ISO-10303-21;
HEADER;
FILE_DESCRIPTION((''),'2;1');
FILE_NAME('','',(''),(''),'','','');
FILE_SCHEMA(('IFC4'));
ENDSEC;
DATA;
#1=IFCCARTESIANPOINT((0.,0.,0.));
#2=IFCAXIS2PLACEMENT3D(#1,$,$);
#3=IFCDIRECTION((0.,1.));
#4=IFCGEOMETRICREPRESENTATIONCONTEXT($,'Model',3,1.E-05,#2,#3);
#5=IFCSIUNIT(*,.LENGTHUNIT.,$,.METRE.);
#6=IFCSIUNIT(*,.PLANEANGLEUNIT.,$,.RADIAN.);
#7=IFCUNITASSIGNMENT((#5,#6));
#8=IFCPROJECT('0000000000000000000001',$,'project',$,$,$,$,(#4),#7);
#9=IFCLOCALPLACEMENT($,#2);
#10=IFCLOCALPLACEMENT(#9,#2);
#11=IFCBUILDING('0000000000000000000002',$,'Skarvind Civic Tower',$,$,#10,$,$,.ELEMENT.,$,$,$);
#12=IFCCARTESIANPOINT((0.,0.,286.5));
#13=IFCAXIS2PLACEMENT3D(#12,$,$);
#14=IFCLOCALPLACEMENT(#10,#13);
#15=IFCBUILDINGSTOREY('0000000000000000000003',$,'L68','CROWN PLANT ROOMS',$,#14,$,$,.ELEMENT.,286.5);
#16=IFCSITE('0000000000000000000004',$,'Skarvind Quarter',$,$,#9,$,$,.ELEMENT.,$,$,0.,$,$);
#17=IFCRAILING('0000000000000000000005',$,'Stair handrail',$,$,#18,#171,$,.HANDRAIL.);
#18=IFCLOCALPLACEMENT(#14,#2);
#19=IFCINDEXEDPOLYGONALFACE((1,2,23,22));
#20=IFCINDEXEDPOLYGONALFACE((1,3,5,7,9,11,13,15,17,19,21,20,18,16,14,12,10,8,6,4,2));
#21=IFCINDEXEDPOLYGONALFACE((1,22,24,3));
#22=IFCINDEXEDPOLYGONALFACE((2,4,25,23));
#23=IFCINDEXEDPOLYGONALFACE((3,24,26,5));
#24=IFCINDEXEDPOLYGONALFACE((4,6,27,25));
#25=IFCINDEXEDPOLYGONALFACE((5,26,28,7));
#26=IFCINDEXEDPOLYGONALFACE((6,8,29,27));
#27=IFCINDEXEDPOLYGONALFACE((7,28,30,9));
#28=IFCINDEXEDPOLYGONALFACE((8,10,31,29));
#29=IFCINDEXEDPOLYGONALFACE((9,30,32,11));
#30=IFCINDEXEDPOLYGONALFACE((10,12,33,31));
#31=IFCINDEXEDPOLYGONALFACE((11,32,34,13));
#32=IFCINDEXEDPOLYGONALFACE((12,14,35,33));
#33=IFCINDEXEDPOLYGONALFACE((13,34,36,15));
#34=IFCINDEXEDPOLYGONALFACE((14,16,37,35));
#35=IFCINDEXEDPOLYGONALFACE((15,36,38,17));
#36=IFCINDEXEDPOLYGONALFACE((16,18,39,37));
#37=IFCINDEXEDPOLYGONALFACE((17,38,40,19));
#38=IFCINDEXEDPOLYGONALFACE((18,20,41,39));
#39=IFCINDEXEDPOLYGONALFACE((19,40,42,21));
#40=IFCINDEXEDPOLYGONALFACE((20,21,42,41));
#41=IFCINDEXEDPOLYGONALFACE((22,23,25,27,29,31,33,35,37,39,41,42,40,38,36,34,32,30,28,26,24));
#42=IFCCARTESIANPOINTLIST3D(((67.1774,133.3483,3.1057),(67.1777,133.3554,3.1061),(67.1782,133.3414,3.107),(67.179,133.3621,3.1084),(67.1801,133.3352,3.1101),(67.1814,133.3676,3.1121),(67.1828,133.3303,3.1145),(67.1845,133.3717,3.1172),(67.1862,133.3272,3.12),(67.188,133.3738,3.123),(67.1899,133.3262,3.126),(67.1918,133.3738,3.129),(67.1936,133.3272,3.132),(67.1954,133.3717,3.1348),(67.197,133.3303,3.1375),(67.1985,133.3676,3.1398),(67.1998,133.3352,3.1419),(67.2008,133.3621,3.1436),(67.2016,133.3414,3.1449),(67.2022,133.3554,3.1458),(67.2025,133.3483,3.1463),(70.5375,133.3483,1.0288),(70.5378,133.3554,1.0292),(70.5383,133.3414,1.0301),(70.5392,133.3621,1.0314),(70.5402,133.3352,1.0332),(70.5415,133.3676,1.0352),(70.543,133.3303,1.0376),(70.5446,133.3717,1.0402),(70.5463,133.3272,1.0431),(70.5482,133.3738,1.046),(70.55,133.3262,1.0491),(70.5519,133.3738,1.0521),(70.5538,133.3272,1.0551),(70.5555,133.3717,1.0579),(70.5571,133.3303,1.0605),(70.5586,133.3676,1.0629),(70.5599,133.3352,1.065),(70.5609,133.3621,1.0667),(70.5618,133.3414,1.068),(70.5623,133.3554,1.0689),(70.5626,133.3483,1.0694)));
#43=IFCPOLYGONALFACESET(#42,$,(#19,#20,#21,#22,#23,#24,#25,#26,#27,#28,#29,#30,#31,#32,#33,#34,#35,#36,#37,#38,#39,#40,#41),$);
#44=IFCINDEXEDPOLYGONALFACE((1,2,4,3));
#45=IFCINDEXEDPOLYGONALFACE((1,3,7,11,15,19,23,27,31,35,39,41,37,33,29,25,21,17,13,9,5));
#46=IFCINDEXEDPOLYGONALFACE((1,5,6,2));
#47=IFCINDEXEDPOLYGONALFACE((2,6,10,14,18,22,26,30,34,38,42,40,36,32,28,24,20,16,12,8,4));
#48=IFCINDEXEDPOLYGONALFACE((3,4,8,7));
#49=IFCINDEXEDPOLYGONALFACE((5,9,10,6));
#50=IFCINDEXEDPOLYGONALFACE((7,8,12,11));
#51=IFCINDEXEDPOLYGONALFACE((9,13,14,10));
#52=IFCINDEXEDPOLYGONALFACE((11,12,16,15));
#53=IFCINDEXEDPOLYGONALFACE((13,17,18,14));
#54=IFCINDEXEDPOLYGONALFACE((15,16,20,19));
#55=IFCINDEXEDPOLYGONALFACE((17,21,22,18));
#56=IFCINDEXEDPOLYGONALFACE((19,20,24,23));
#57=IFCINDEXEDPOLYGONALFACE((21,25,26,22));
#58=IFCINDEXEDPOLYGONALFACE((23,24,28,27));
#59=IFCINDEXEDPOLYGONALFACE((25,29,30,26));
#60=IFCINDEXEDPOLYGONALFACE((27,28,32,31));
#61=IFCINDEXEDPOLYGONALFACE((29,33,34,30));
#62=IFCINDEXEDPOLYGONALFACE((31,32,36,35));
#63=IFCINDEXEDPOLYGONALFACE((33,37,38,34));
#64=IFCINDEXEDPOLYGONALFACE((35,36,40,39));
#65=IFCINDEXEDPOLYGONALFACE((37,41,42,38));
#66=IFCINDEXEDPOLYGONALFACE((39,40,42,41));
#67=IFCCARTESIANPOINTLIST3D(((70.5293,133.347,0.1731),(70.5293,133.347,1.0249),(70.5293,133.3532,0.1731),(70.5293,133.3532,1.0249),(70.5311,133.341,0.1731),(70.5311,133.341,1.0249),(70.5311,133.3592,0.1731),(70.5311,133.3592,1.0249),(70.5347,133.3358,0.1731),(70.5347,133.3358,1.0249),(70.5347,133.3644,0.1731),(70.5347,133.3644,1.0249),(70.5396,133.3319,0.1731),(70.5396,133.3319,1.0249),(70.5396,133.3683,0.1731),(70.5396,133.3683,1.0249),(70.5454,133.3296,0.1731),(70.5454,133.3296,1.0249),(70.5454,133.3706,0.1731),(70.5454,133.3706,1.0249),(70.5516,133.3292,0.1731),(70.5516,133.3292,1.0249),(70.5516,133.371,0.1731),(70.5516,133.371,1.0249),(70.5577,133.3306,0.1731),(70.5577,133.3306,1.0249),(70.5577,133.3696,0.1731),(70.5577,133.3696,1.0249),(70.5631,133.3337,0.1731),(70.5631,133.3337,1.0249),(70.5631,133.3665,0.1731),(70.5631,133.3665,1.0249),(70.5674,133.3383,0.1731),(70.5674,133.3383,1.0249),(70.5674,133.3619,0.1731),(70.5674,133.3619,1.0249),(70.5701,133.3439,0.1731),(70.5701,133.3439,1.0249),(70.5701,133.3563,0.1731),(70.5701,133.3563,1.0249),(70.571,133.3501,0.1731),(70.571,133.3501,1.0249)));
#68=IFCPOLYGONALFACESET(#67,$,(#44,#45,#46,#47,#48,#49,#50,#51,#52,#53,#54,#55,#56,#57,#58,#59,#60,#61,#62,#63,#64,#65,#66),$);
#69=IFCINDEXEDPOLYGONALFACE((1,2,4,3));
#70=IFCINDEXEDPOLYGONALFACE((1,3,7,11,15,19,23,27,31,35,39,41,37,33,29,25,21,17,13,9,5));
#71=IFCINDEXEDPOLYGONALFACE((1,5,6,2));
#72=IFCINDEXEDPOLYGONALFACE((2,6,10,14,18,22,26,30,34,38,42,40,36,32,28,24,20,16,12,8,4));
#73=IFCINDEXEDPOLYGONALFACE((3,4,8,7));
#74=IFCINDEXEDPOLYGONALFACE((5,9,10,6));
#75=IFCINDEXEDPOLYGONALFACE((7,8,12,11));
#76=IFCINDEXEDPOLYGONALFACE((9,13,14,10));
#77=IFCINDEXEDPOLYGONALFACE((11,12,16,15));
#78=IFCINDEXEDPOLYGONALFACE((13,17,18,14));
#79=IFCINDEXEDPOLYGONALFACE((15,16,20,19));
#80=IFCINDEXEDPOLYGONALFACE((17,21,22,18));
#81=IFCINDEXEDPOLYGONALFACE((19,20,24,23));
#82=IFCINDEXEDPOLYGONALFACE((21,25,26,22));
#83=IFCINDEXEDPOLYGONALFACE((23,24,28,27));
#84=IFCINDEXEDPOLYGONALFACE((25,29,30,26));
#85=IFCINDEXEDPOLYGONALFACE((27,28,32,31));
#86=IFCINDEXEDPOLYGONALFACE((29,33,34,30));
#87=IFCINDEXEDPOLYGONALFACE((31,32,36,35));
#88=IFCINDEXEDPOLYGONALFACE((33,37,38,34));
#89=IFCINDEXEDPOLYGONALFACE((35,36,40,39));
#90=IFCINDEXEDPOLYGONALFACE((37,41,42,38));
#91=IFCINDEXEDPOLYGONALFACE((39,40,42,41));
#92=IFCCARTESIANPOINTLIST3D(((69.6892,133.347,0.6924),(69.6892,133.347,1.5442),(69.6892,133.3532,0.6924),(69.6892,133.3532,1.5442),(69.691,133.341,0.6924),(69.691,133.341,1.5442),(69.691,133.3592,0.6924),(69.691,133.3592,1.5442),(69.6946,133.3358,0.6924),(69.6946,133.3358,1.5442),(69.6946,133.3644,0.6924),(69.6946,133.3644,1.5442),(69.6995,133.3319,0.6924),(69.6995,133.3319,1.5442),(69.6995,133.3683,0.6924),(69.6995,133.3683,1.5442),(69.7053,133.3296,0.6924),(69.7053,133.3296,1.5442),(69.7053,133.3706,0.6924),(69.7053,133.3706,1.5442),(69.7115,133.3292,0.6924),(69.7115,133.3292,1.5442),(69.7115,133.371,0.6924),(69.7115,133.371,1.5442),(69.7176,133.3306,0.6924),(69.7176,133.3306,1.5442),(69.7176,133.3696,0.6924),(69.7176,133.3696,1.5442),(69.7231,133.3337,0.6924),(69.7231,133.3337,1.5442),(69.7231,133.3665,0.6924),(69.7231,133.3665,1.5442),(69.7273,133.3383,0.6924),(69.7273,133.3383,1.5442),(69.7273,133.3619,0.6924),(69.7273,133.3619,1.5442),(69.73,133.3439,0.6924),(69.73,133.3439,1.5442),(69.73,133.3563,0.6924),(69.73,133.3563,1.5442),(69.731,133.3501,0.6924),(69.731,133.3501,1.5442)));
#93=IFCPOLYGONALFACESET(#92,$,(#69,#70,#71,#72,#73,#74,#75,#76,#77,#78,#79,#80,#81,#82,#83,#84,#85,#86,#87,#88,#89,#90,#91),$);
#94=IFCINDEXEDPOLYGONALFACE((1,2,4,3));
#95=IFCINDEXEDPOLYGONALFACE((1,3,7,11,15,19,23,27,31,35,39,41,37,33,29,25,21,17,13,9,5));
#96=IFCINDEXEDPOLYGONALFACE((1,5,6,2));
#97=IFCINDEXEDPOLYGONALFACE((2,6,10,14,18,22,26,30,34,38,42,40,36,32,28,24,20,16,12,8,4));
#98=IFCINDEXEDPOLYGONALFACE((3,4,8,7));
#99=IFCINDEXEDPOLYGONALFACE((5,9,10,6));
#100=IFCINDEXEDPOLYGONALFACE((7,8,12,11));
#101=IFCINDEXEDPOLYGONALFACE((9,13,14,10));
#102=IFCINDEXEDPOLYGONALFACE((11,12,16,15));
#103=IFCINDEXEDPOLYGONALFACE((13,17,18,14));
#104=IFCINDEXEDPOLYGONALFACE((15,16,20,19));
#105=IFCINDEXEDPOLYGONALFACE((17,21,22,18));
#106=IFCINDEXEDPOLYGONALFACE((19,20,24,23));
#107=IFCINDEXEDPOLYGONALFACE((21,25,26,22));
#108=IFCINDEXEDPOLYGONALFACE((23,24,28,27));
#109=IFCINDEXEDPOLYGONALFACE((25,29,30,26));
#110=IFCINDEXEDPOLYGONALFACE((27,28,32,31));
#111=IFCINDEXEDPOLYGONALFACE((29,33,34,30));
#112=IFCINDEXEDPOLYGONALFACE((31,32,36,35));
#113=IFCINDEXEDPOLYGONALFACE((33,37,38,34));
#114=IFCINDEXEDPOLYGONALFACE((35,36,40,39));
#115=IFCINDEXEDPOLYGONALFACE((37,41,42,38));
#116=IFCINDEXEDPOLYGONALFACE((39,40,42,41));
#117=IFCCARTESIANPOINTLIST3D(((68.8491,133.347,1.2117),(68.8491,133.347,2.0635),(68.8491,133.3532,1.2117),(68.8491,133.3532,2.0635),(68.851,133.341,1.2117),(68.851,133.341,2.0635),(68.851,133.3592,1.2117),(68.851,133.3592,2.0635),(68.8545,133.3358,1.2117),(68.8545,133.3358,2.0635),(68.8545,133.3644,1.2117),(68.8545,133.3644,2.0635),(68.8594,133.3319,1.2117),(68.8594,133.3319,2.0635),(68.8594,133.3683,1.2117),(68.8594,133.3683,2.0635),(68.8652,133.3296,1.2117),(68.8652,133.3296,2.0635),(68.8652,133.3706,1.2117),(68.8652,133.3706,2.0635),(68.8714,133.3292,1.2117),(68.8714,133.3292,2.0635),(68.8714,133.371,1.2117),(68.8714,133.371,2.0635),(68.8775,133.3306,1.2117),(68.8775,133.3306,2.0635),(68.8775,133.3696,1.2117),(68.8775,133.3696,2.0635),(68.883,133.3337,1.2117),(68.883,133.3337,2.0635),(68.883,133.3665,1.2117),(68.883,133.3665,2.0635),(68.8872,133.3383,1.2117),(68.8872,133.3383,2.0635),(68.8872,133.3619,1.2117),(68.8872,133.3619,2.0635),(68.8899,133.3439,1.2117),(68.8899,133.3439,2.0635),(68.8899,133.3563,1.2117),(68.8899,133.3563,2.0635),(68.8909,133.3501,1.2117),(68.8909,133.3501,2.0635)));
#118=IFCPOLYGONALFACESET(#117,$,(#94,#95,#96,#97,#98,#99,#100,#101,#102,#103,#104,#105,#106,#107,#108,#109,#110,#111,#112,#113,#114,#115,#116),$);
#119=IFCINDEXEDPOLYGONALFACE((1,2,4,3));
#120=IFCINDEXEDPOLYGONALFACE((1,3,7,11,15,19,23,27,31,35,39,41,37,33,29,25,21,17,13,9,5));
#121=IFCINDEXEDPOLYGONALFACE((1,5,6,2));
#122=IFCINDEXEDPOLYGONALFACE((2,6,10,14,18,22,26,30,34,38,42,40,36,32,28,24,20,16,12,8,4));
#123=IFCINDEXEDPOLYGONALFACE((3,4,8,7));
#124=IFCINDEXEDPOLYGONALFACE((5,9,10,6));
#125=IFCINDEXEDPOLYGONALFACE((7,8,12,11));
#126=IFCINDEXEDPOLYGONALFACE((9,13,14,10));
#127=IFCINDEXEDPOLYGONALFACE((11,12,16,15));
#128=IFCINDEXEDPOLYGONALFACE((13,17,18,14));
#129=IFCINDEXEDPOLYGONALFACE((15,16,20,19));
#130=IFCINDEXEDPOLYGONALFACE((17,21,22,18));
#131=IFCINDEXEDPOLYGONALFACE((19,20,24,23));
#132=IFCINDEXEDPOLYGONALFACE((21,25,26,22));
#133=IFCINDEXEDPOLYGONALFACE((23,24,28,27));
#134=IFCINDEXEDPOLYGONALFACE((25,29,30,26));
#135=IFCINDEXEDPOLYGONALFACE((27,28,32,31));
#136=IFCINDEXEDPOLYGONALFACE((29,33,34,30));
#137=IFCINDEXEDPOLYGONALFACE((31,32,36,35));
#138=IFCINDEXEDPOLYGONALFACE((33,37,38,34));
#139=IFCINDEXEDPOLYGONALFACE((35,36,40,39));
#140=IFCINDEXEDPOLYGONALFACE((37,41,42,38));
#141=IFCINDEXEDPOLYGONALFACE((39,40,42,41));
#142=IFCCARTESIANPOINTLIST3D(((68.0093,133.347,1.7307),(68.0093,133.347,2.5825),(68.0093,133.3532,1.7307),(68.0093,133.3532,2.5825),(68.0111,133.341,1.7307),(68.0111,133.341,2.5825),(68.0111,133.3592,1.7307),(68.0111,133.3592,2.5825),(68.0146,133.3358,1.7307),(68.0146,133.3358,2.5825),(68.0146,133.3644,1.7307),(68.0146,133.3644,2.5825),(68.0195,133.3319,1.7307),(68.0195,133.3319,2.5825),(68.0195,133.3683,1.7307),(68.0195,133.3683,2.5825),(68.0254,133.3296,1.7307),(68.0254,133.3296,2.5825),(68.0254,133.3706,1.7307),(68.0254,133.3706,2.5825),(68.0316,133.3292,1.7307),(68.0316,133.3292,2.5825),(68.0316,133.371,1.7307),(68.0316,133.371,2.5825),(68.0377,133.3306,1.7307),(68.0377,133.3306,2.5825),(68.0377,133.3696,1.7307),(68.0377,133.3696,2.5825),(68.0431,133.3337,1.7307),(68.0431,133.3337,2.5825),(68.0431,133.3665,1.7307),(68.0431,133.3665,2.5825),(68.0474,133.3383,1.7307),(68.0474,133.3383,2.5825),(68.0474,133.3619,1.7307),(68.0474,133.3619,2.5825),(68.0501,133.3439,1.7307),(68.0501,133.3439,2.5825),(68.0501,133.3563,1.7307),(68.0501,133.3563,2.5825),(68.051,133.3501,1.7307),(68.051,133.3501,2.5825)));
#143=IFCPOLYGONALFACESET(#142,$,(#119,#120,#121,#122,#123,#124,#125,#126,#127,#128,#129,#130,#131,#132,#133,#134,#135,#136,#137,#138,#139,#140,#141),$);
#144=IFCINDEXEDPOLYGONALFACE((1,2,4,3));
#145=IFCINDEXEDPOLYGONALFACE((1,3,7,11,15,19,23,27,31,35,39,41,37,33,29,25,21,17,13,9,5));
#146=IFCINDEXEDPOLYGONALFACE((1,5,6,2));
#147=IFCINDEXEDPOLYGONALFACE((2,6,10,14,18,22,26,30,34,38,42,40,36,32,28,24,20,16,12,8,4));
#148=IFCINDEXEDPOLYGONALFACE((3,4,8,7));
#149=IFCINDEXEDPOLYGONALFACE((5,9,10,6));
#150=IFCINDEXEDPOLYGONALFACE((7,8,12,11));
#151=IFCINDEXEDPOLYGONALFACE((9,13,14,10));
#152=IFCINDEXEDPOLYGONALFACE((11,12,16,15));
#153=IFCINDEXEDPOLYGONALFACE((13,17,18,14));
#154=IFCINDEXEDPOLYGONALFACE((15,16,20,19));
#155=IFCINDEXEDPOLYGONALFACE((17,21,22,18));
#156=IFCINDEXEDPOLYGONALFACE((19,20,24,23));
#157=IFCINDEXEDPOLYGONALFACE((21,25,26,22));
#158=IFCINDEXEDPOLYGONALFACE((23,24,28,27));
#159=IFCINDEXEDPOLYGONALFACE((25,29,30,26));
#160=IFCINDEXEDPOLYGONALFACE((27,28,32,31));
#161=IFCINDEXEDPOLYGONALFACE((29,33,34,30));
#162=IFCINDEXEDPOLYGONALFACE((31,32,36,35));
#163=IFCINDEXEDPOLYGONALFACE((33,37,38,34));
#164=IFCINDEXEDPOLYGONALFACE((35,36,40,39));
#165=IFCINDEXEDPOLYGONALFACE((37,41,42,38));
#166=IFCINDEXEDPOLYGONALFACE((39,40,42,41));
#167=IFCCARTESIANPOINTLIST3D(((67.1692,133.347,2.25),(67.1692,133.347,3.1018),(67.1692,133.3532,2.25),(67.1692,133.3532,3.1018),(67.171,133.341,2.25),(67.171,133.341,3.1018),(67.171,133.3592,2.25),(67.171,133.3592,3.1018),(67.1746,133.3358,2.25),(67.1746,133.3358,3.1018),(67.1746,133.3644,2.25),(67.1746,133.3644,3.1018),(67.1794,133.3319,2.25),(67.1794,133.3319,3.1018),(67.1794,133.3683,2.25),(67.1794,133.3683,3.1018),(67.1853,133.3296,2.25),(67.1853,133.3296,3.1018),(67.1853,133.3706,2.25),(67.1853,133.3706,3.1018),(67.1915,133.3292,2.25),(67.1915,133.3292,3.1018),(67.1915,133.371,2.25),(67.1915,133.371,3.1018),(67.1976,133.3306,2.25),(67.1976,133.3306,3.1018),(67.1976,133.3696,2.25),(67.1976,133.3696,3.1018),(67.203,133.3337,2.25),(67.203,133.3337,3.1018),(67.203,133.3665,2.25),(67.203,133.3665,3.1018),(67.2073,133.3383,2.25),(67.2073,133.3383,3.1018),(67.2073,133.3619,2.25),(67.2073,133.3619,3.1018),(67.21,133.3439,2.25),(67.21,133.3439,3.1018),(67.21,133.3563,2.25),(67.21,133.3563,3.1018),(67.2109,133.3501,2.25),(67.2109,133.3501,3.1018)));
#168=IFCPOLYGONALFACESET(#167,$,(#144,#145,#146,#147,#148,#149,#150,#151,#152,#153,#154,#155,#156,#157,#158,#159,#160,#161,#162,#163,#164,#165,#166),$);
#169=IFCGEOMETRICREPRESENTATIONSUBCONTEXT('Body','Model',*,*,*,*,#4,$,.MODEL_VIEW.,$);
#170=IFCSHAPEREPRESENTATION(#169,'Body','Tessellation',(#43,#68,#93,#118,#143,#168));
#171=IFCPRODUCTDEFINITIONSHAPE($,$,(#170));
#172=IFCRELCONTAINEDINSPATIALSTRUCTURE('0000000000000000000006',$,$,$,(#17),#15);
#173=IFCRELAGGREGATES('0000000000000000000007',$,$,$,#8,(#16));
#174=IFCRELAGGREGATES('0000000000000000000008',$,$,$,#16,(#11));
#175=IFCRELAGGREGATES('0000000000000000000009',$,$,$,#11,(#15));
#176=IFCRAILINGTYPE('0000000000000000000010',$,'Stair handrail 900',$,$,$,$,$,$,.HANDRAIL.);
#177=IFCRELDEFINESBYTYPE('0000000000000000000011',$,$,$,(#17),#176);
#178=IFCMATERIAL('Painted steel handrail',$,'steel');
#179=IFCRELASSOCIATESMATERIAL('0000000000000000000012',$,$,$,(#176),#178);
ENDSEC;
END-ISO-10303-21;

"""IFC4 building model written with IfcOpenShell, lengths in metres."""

from ifc_helpers import new_model, si_unit, direction, frame, origin, origin_2d, place, context, subcontext, project, spatial, circle, extrude, material, type_object, element, save


model = new_model("IFC4")

# Units and contexts
model_context = context("Model", 3, precision=1e-05, world=origin(), true_north=direction((0.0, 1.0)))
body_context = subcontext(model_context, "Body", "Model", "MODEL_VIEW")
ifc_project = project(units=[si_unit("LENGTHUNIT", "METRE"), si_unit("PLANEANGLEUNIT", "RADIAN")], contexts=[model_context])

# Site, building, storey
site_placement = place(None, origin())
site = spatial("IfcSite", under=ifc_project, at=site_placement, Name="Skarvind Quarter", CompositionType="ELEMENT", RefElevation=0.0)
building_placement = place(site_placement, origin())
building = spatial("IfcBuilding", under=site, at=building_placement, Name="Skarvind Civic Tower", CompositionType="ELEMENT")
storey_placement = place(building_placement, frame((0.0, 0.0, 286.5)))
storey = spatial("IfcBuildingStorey", under=building, at=storey_placement, Name="L68", Description="CROWN PLANT ROOMS", CompositionType="ELEMENT", Elevation=286.5)

# Railing
ifc_material_1 = material(Name="Painted steel handrail", Category="steel")
railing_type = type_object("IfcRailingType", Name="Stair handrail 900", PredefinedType="HANDRAIL", material=ifc_material_1)
railing_1_placement = place(storey_placement, frame((70.55, 133.3501, 0.1731)))
element("IfcRailing", 1, at=railing_1_placement, inside=storey, type_object=railing_type, Name="Stair handrail", PredefinedType="HANDRAIL", context=body_context, shape_type="SweptSolid", body=[
    extrude(circle(Radius=0.0239, at=origin_2d()), frame((0.0, 0.0, 0.876), z_axis=(-0.850623, 0.0, 0.525776), x_axis=(0.0, -1.0, 0.0)), (0.0, 0.0, 1.0), 3.9502),
    extrude(circle(Radius=0.021, at=origin_2d()), origin(), (0.0, 0.0, 1.0), 0.8518),
    extrude(circle(Radius=0.021, at=origin_2d()), frame((-0.8401, 0.0, 0.5193)), (0.0, 0.0, 1.0), 0.8518),
    extrude(circle(Radius=0.021, at=origin_2d()), frame((-1.6802, 0.0, 1.0386)), (0.0, 0.0, 1.0), 0.8518),
    extrude(circle(Radius=0.021, at=origin_2d()), frame((-2.52, 0.0, 1.5576)), (0.0, 0.0, 1.0), 0.8518),
    extrude(circle(Radius=0.021, at=origin_2d()), frame((-3.3601, 0.0, 2.0769)), (0.0, 0.0, 1.0), 0.8518),
])

save(model, "model.ifc")
